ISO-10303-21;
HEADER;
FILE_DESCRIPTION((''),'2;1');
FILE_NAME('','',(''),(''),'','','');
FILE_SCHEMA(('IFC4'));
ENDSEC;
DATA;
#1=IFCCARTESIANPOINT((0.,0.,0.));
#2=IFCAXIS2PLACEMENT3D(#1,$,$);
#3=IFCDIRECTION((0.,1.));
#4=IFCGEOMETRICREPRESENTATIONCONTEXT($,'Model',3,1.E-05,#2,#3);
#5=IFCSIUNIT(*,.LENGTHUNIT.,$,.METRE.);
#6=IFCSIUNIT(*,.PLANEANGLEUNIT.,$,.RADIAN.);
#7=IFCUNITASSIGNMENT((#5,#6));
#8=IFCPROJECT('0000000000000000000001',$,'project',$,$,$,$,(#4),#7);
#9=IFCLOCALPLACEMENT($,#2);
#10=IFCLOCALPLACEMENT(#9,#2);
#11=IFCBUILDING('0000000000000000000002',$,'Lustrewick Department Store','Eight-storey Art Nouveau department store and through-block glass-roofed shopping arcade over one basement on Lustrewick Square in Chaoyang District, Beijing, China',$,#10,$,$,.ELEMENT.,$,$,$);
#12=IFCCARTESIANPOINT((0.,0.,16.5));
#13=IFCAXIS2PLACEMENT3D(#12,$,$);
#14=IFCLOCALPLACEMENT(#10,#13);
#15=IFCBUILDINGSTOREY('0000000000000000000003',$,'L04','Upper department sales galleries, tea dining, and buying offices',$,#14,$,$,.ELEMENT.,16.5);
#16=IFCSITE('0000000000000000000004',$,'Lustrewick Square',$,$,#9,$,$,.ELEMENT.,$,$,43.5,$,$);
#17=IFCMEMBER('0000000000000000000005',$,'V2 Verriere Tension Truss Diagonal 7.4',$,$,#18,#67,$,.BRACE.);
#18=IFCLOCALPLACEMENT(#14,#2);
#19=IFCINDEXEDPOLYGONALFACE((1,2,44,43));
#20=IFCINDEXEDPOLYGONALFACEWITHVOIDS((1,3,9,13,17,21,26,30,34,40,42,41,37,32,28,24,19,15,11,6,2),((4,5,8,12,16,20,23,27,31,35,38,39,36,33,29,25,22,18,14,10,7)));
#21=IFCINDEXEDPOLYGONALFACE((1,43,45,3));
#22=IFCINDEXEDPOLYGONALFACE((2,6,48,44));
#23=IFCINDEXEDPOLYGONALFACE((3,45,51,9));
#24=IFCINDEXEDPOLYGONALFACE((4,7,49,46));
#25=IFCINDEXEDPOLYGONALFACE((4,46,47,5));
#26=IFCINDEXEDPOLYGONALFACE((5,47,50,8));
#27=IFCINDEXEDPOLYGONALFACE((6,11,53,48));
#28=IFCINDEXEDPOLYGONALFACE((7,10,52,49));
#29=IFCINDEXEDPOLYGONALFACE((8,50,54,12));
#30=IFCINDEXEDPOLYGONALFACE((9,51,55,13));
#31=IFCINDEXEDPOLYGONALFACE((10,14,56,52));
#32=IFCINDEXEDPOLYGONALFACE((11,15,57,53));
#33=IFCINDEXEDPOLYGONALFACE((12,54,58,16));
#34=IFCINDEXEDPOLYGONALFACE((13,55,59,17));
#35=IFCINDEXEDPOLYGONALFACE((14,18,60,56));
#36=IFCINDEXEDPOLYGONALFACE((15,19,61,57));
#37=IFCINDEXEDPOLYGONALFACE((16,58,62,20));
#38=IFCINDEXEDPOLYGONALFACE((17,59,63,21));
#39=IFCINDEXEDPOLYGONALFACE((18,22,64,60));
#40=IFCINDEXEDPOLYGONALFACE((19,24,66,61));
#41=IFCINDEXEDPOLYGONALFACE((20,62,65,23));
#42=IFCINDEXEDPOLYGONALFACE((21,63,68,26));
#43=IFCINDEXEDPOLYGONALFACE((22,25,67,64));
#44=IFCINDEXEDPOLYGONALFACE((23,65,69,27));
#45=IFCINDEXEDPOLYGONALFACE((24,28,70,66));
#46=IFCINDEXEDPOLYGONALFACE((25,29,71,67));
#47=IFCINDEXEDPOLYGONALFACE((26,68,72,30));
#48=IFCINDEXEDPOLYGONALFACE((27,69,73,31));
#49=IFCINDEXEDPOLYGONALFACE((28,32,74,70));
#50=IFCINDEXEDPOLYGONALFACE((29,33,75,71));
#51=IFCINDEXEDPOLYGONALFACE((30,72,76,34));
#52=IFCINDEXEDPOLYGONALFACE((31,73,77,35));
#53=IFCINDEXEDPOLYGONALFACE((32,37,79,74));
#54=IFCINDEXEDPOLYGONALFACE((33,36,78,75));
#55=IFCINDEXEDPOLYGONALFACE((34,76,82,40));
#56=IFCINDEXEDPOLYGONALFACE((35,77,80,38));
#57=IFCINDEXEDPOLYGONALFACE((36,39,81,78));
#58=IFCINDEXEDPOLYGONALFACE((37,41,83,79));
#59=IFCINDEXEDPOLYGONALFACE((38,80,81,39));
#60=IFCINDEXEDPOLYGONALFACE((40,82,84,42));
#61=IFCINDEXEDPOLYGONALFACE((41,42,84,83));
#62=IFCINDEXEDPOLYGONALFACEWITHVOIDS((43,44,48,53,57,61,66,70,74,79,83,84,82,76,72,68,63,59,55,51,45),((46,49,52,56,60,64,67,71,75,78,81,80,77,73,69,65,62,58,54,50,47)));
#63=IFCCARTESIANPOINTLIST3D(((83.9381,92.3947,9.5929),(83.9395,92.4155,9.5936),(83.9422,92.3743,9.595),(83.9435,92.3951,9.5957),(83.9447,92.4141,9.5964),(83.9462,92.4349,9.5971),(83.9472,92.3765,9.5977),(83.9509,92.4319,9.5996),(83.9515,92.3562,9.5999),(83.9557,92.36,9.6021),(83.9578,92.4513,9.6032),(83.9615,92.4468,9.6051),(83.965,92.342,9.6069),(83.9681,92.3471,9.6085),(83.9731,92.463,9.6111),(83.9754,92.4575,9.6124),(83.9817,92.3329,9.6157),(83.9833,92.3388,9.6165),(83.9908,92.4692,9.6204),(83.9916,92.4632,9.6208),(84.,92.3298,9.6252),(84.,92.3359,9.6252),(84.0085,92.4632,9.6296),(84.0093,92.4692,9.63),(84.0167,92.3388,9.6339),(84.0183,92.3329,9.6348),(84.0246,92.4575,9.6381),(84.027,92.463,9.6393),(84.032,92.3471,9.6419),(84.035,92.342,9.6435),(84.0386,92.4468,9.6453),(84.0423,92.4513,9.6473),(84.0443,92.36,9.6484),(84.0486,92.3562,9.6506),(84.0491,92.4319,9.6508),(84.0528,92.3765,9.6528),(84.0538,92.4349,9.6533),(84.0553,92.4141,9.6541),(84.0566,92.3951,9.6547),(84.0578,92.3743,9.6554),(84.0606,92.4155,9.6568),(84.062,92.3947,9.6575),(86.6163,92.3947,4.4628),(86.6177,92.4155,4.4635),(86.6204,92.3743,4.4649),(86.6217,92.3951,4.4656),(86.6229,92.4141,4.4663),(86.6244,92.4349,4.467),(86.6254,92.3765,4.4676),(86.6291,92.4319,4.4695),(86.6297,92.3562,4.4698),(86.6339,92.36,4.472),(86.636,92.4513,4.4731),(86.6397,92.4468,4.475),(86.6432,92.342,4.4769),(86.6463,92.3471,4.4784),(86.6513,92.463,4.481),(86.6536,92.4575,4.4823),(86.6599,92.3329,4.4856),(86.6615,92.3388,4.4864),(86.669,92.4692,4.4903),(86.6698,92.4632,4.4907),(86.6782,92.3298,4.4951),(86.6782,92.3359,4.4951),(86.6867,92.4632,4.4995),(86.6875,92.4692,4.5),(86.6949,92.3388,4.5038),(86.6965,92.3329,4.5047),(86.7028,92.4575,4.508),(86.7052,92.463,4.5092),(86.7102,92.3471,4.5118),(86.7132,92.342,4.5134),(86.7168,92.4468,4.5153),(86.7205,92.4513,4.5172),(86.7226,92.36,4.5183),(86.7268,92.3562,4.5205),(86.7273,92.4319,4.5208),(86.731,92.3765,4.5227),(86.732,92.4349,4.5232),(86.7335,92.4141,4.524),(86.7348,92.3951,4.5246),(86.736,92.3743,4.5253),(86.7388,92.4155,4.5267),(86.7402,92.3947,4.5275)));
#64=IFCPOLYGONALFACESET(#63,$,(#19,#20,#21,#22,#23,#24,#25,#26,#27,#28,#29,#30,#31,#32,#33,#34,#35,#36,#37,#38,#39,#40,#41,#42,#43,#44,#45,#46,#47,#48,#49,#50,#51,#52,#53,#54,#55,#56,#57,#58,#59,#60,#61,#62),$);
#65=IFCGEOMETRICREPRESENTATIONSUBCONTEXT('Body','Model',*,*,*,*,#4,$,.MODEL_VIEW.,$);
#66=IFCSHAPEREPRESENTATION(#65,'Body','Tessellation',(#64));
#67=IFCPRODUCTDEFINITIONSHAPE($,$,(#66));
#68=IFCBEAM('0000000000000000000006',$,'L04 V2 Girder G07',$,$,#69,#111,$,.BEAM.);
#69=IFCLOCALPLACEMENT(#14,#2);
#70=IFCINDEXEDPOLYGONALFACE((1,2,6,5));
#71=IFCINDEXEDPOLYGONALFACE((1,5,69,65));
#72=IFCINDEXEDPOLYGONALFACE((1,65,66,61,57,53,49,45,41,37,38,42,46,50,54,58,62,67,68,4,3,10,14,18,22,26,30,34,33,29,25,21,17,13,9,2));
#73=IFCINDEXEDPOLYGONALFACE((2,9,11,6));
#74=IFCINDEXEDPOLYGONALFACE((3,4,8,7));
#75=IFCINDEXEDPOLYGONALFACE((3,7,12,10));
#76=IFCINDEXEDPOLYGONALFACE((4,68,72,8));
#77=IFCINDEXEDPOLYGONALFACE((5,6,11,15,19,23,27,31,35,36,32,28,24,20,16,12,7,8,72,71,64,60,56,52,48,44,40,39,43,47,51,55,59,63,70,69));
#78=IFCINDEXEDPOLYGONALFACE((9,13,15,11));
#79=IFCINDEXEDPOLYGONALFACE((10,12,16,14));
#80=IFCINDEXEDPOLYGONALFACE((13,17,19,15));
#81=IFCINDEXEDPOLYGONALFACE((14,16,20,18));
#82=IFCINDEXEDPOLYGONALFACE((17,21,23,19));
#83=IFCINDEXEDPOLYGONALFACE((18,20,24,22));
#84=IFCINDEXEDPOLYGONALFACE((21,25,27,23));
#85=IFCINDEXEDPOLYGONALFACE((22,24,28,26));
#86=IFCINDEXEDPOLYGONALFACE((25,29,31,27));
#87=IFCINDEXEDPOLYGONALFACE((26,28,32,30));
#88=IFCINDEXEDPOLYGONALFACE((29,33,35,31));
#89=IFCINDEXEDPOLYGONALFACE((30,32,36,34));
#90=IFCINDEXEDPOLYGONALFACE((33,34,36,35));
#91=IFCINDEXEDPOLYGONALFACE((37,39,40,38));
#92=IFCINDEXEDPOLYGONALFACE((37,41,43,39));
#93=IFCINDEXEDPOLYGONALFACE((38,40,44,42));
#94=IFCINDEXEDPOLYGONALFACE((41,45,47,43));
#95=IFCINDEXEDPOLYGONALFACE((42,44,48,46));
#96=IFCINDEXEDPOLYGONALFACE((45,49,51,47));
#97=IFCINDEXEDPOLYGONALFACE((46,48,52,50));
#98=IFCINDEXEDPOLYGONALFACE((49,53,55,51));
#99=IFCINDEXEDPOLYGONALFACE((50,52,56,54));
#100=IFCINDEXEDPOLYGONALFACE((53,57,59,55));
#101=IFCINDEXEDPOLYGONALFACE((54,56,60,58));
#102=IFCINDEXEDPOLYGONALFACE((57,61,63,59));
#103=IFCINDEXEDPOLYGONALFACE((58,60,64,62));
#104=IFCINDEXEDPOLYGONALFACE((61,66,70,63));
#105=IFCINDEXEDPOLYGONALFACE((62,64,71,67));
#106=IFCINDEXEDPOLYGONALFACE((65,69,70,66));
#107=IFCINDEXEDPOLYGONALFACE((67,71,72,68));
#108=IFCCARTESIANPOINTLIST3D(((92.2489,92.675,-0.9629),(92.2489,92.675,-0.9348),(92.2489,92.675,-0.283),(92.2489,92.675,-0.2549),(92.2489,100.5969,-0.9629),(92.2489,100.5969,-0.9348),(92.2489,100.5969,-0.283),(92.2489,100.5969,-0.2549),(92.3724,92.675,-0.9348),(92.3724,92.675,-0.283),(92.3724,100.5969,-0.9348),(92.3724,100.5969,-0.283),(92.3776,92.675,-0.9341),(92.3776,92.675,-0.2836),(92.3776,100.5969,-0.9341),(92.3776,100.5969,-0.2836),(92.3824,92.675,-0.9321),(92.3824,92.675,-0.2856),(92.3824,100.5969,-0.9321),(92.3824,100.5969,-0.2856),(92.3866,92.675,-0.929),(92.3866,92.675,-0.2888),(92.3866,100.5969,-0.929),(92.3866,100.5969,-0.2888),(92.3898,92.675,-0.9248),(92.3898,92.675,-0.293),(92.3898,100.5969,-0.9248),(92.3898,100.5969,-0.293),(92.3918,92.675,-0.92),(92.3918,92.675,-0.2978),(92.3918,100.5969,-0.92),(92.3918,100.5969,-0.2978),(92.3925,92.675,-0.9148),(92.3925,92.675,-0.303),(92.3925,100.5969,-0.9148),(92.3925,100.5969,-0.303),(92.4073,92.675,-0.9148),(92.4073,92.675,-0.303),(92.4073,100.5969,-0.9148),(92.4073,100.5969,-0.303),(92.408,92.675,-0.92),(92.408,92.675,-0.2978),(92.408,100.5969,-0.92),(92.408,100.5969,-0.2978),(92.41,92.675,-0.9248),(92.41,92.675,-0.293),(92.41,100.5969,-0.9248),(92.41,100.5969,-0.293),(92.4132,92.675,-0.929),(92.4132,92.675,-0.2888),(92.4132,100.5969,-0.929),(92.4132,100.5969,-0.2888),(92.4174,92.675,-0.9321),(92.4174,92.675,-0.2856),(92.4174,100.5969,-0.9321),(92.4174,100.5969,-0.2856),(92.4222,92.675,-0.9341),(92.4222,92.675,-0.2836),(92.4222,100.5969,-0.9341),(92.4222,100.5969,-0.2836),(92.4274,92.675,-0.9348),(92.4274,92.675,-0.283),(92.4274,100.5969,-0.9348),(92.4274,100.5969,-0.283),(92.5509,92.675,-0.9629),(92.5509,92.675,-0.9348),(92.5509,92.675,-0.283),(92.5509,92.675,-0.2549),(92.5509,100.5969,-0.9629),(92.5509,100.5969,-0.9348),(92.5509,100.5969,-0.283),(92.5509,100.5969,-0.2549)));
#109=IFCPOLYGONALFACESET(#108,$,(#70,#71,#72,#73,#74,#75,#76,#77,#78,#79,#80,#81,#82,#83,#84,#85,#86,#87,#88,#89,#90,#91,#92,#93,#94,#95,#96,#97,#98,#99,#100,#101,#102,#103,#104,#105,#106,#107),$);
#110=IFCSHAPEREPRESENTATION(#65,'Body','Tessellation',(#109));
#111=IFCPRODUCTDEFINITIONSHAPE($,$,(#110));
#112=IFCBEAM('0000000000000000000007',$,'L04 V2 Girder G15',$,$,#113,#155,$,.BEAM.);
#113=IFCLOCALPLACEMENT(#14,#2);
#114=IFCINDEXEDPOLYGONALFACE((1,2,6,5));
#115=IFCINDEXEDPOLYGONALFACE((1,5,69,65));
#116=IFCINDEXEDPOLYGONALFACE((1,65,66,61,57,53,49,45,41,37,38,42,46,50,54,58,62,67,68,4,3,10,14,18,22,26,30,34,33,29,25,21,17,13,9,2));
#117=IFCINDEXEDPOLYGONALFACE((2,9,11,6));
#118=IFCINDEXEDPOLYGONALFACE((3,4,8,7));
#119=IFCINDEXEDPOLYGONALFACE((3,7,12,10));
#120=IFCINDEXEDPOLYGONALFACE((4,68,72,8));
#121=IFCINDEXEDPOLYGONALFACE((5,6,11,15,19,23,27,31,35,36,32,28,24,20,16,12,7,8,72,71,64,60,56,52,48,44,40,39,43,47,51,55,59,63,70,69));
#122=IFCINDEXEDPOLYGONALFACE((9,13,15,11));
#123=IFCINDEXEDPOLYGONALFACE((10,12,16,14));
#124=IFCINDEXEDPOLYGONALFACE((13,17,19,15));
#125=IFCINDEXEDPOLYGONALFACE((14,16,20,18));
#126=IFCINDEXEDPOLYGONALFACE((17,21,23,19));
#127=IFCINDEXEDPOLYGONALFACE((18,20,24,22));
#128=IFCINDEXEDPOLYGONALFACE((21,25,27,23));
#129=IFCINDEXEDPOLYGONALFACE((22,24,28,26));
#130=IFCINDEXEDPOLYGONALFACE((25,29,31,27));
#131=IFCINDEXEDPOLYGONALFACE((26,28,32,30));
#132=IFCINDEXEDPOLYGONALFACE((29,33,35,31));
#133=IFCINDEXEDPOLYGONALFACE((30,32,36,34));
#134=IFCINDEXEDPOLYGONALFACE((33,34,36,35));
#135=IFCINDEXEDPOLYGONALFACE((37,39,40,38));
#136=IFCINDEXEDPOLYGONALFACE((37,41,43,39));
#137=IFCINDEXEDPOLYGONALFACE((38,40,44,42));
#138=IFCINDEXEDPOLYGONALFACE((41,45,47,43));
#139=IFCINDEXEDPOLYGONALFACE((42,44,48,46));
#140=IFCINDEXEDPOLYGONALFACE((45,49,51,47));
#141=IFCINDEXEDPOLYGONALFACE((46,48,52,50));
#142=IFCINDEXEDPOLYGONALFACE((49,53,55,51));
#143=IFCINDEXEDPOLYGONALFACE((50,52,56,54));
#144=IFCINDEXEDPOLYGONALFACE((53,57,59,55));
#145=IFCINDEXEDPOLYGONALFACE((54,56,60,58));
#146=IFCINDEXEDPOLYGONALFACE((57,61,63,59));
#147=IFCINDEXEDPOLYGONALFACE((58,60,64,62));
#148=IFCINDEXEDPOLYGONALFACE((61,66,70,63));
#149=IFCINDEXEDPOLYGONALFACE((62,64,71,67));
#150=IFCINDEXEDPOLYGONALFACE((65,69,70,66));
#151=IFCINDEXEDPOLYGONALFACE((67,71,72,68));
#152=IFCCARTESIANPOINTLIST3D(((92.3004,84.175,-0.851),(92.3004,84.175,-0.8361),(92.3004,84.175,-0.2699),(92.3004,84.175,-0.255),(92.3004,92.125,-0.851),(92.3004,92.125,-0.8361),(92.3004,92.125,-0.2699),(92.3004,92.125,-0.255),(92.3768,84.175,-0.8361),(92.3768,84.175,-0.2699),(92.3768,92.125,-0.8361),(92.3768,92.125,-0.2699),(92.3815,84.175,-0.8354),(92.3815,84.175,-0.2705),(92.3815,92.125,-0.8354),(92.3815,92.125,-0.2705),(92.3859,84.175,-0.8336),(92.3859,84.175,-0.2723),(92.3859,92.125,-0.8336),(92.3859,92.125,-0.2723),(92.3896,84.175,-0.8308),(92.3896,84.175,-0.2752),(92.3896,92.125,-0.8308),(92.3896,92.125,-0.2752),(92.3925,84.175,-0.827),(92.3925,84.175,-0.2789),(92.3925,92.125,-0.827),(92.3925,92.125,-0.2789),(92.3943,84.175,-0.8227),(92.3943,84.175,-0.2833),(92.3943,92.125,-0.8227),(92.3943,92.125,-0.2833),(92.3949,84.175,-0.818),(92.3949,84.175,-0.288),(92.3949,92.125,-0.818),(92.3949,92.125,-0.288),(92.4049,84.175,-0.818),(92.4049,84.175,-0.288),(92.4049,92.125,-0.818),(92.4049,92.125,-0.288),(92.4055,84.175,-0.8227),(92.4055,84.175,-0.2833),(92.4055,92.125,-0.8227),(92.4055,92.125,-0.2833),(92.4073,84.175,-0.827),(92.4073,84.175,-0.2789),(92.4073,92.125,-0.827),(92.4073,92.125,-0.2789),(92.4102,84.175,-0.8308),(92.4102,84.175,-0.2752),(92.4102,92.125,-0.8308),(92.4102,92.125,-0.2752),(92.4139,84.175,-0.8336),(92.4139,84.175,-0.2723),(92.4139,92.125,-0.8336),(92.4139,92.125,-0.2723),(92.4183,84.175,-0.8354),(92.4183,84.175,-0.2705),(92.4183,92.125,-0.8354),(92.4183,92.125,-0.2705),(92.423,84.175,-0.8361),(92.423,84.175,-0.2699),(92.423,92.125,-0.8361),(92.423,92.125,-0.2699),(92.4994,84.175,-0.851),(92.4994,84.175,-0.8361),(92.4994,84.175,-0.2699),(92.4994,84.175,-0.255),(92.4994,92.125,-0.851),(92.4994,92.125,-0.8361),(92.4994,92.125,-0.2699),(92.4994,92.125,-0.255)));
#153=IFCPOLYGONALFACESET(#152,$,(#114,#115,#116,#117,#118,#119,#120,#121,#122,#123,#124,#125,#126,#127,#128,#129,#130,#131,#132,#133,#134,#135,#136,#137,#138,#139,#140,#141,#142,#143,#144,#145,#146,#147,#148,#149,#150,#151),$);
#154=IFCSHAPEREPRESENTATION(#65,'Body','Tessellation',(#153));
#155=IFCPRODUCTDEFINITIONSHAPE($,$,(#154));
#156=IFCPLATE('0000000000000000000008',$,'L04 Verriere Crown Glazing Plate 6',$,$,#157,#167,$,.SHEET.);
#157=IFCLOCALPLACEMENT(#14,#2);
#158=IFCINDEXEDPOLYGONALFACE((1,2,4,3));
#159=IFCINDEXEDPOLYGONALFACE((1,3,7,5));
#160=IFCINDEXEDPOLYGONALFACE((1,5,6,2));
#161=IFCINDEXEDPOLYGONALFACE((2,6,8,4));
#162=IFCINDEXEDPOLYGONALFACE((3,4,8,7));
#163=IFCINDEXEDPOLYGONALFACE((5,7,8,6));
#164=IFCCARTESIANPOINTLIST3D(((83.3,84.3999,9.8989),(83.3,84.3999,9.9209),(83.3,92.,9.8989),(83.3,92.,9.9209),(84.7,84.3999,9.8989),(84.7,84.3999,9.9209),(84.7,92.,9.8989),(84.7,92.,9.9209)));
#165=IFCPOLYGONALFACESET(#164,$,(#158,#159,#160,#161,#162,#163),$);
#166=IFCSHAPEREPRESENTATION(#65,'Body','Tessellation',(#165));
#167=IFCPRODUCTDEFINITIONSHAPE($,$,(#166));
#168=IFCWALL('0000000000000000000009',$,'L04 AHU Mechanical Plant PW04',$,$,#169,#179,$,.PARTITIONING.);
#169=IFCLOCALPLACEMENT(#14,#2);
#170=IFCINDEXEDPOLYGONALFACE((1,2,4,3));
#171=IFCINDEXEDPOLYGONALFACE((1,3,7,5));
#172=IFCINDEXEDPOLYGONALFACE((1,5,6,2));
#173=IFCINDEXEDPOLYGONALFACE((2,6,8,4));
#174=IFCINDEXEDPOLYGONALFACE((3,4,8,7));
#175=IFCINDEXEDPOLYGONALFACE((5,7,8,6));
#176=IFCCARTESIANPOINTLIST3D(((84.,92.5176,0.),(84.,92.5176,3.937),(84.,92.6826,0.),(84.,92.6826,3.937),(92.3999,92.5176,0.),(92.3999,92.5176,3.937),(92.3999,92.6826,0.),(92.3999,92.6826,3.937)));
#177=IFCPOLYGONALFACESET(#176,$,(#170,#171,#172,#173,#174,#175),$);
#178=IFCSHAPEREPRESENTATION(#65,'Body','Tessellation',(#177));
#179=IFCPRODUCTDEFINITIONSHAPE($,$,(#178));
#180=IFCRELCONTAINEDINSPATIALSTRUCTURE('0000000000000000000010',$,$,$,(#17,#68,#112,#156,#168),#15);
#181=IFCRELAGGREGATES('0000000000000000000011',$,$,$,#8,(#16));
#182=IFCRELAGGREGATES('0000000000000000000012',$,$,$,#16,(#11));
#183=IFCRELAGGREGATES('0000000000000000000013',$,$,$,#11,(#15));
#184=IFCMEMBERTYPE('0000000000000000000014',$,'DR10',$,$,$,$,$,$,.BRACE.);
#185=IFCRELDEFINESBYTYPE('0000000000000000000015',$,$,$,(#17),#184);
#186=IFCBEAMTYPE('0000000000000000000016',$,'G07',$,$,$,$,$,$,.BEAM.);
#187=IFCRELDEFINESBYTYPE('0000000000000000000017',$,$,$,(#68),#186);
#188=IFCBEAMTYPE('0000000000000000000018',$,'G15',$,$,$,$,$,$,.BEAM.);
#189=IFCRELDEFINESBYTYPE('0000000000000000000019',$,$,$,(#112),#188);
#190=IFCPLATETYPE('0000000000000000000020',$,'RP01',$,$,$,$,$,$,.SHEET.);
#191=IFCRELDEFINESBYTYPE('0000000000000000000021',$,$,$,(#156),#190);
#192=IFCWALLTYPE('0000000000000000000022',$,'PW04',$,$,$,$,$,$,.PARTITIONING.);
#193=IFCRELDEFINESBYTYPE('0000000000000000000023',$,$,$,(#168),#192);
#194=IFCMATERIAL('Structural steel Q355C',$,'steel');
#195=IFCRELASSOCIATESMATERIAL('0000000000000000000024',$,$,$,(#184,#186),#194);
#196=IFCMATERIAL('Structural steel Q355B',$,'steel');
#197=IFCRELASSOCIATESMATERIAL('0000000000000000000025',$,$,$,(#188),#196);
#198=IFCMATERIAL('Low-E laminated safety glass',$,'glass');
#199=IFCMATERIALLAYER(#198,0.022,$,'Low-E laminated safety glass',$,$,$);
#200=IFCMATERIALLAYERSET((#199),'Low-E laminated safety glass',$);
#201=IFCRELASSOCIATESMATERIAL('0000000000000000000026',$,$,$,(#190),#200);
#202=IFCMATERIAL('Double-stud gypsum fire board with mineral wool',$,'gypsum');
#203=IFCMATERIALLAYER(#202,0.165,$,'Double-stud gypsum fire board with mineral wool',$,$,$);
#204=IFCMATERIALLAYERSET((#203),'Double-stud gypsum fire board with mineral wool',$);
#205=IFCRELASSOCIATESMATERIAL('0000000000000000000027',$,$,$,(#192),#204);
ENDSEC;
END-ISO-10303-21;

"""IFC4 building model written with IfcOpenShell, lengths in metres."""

from ifc_helpers import new_model, si_unit, direction, frame, frame_2d, origin, origin_2d, place, context, subcontext, project, spatial, rectangle, hollow_circle, i_section, extrude, material, layer, layer_set, material_profile, profile_set, type_object, element, save


model = new_model("IFC4")

# Units and contexts
model_context = context("Model", 3, precision=1e-05, world=origin(), true_north=direction((0.0, 1.0)))
body_context = subcontext(model_context, "Body", "Model", "MODEL_VIEW")
ifc_project = project(units=[si_unit("LENGTHUNIT", "METRE"), si_unit("PLANEANGLEUNIT", "RADIAN")], contexts=[model_context])

# Site, building, storey
site_placement = place(None, origin())
site = spatial("IfcSite", under=ifc_project, at=site_placement, Name="Lustrewick Square", CompositionType="ELEMENT", RefElevation=43.5)
building_placement = place(site_placement, origin())
building = spatial("IfcBuilding", under=site, at=building_placement, Name="Lustrewick Department Store", Description="Eight-storey Art Nouveau department store and through-block glass-roofed shopping arcade over one basement on Lustrewick Square in Chaoyang District, Beijing, China", CompositionType="ELEMENT")
storey_placement = place(building_placement, frame((0.0, 0.0, 16.5)))
storey = spatial("IfcBuildingStorey", under=building, at=storey_placement, Name="L04", Description="Upper department sales galleries, tea dining, and buying offices", CompositionType="ELEMENT", Elevation=16.5)

# Shared definitions
ifc_material_1 = material(Name="Structural steel Q355B", Category="steel")

# Member
ifc_material_2 = material(Name="Structural steel Q355C", Category="steel")
ifc_material_profile_1 = material_profile(ifc_material_2, hollow_circle(Radius=0.0701, WallThickness=0.0061, at=origin_2d()), Name="CHS 140x6")
ifc_profile_set_1 = profile_set([ifc_material_profile_1], Name="Structural steel Q355C")
member_type_1 = type_object("IfcMemberType", Name="DR10", PredefinedType="BRACE", material=ifc_profile_set_1)
member_1_placement = place(storey_placement, frame((86.6782, 92.3999, 4.4951), z_axis=(-0.462788, 0.0, 0.886469), x_axis=(0.0, -1.0, 0.0)))
element("IfcMember", 1, at=member_1_placement, inside=storey, type_object=member_type_1, Name="V2 Verriere Tension Truss Diagonal 7.4", PredefinedType="BRACE", context=body_context, shape_type="SweptSolid", body=[
    extrude(hollow_circle(Radius=0.0701, WallThickness=0.0061, at=origin_2d()), origin(), (0.0, 0.0, 1.0), 5.7871),
])

# Beams
ifc_material_profile_2 = material_profile(ifc_material_2, i_section(OverallWidth=0.302, OverallDepth=0.708, WebThickness=0.0149, FlangeThickness=0.0281, FilletRadius=0.02, at=origin_2d()), Name="HN 708x302x15x28")
ifc_profile_set_2 = profile_set([ifc_material_profile_2], Name="Structural steel Q355C")
beam_type_1 = type_object("IfcBeamType", Name="G07", PredefinedType="BEAM", material=ifc_profile_set_2)
beam_1_placement = place(storey_placement, frame((92.3999, 92.675, -0.6089), z_axis=(0.0, 1.0, 0.0), x_axis=(-1.0, 0.0, 0.0)))
element("IfcBeam", 2, at=beam_1_placement, inside=storey, type_object=beam_type_1, Name="L04 V2 Girder G07", PredefinedType="BEAM", context=body_context, shape_type="SweptSolid", body=[
    extrude(i_section(OverallWidth=0.302, OverallDepth=0.708, WebThickness=0.0149, FlangeThickness=0.0281, FilletRadius=0.02, at=origin_2d()), origin(), (0.0, 0.0, 1.0), 7.9219),
])
ifc_material_profile_3 = material_profile(ifc_material_1, i_section(OverallWidth=0.199, OverallDepth=0.5959, WebThickness=0.01, FlangeThickness=0.0149, FilletRadius=0.0181, at=origin_2d()), Name="HN 596x199x10x15")
ifc_profile_set_3 = profile_set([ifc_material_profile_3], Name="Structural steel Q355B")
beam_type_2 = type_object("IfcBeamType", Name="G15", PredefinedType="BEAM", material=ifc_profile_set_3)
beam_2_placement = place(storey_placement, frame((92.3999, 84.175, -0.553), z_axis=(0.0, 1.0, 0.0), x_axis=(-1.0, 0.0, 0.0)))
element("IfcBeam", 3, at=beam_2_placement, inside=storey, type_object=beam_type_2, Name="L04 V2 Girder G15", PredefinedType="BEAM", context=body_context, shape_type="SweptSolid", body=[
    extrude(i_section(OverallWidth=0.199, OverallDepth=0.5959, WebThickness=0.01, FlangeThickness=0.0149, FilletRadius=0.0181, at=origin_2d()), origin(), (0.0, 0.0, 1.0), 7.95),
])

# Plate
ifc_material_3 = material(Name="Low-E laminated safety glass", Category="glass")
ifc_layer_1 = layer(ifc_material_3, 0.022, Name="Low-E laminated safety glass")
ifc_layer_set_1 = layer_set([ifc_layer_1], Name="Low-E laminated safety glass")
plate_type = type_object("IfcPlateType", Name="RP01", PredefinedType="SHEET", material=ifc_layer_set_1)
plate_placement = place(storey_placement, frame((84.0, 88.2, 9.8989), z_axis=(0.0, 0.0, 1.0), x_axis=(1.0, 0.0, 0.0)))
element("IfcPlate", 4, at=plate_placement, inside=storey, type_object=plate_type, Name="L04 Verriere Crown Glazing Plate 6", PredefinedType="SHEET", context=body_context, shape_type="SweptSolid", body=[
    extrude(rectangle(XDim=1.3999, YDim=7.6001, at=origin_2d()), origin(), (0.0, 0.0, 1.0), 0.022),
])

# Wall
ifc_material_4 = material(Name="Double-stud gypsum fire board with mineral wool", Category="gypsum")
ifc_layer_2 = layer(ifc_material_4, 0.165, Name="Double-stud gypsum fire board with mineral wool")
ifc_layer_set_2 = layer_set([ifc_layer_2], Name="Double-stud gypsum fire board with mineral wool")
wall_type_1 = type_object("IfcWallType", Name="PW04", PredefinedType="PARTITIONING", material=ifc_layer_set_2)
wall_1_placement = place(storey_placement, frame((84.0, 92.6001, 0.0), z_axis=(0.0, 0.0, 1.0), x_axis=(1.0, 0.0, 0.0)))
element("IfcWall", 5, at=wall_1_placement, inside=storey, type_object=wall_type_1, Name="L04 AHU Mechanical Plant PW04", PredefinedType="PARTITIONING", context=body_context, shape_type="SweptSolid", body=[
    extrude(rectangle(XDim=8.3999, YDim=0.165, at=frame_2d((4.2, 0.0))), origin(), (0.0, 0.0, 1.0), 3.937),
])

save(model, "model.ifc")
